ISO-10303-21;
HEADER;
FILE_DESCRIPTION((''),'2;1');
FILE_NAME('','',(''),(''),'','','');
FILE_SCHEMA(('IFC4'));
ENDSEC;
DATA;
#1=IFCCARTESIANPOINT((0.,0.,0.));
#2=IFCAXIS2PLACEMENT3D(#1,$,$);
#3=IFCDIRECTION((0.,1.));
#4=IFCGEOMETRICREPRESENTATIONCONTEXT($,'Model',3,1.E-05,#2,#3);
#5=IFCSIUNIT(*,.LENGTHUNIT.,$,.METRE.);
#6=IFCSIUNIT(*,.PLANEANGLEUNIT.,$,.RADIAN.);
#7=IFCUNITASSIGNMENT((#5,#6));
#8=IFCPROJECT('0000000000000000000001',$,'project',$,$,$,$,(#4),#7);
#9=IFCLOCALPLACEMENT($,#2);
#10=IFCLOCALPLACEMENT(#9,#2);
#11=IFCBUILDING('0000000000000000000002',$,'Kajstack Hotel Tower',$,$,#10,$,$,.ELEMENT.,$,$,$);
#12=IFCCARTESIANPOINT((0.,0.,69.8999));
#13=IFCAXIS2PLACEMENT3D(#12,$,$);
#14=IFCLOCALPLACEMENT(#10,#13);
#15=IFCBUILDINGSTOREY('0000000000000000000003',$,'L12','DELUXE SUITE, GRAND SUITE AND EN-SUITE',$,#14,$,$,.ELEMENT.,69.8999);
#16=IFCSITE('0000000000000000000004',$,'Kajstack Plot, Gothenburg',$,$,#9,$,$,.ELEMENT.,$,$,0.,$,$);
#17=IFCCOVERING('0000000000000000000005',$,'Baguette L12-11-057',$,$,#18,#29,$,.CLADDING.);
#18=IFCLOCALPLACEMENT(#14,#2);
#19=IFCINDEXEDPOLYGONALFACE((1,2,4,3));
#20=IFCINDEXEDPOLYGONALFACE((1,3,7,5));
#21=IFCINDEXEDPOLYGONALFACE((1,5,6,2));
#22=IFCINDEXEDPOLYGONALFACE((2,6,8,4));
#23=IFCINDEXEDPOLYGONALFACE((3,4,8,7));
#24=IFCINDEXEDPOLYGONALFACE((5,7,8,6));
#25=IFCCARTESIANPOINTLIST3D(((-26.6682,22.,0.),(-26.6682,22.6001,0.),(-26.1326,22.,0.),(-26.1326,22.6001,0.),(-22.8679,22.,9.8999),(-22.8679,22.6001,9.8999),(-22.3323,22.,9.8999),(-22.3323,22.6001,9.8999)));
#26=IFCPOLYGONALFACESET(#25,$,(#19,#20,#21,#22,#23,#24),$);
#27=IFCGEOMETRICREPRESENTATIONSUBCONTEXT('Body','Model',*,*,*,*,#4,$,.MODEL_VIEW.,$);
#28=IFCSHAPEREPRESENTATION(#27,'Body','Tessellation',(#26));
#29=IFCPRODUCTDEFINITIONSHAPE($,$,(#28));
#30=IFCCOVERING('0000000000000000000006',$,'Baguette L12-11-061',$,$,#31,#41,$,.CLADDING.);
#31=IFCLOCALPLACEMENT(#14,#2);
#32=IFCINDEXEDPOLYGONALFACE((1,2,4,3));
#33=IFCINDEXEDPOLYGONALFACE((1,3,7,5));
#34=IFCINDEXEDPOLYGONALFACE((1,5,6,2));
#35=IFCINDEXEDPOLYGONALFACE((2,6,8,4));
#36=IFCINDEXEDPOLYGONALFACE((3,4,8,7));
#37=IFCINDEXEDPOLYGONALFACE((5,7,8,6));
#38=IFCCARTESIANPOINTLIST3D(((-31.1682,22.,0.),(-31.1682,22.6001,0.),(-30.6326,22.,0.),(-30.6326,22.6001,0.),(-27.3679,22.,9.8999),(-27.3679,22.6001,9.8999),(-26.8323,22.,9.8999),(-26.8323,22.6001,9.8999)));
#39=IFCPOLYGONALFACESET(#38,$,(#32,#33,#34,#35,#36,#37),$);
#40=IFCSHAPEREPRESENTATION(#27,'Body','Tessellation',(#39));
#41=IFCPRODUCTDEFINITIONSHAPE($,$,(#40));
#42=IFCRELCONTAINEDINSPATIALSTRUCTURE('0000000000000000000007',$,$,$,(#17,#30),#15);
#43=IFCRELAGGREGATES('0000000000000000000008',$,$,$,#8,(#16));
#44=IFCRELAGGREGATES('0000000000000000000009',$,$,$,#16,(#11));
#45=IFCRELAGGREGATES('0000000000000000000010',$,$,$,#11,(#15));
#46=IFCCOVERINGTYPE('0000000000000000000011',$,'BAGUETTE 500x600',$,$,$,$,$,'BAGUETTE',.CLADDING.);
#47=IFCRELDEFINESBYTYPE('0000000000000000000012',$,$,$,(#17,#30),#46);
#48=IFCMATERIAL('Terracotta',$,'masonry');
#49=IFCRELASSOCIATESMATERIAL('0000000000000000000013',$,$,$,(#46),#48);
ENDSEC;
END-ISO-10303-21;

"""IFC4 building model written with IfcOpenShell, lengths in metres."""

from ifc_helpers import new_model, si_unit, direction, frame, origin, origin_2d, place, context, subcontext, project, spatial, polyline, rectangle, outline, extrude, material, material_profile, profile_set, type_object, element, save


model = new_model("IFC4")

# Units and contexts
model_context = context("Model", 3, precision=1e-05, world=origin(), true_north=direction((0.0, 1.0)))
body_context = subcontext(model_context, "Body", "Model", "MODEL_VIEW")
ifc_project = project(units=[si_unit("LENGTHUNIT", "METRE"), si_unit("PLANEANGLEUNIT", "RADIAN")], contexts=[model_context])

# Site, building, storey
site_placement = place(None, origin())
site = spatial("IfcSite", under=ifc_project, at=site_placement, Name="Kajstack Plot, Gothenburg", CompositionType="ELEMENT", RefElevation=0.0)
building_placement = place(site_placement, origin())
building = spatial("IfcBuilding", under=site, at=building_placement, Name="Kajstack Hotel Tower", CompositionType="ELEMENT")
storey_placement = place(building_placement, frame((0.0, 0.0, 69.8999)))
storey = spatial("IfcBuildingStorey", under=building, at=storey_placement, Name="L12", Description="DELUXE SUITE, GRAND SUITE AND EN-SUITE", CompositionType="ELEMENT", Elevation=69.8999)

# Coverings
ifc_material_1 = material(Name="Terracotta", Category="masonry")
ifc_material_profile = material_profile(ifc_material_1, rectangle(XDim=0.6001, YDim=0.5, at=origin_2d()), Name="Terracotta-clad concrete baguette 500 x 600")
ifc_profile_set = profile_set([ifc_material_profile], Name="Terracotta")
covering_type = type_object("IfcCoveringType", Name="BAGUETTE 500x600", ElementType="BAGUETTE", PredefinedType="CLADDING", material=ifc_profile_set)
for number, where, z_axis, x_axis, name in (
    (1, (-22.3323, 22.0, 0.0), (0.0, 1.0, 0.0), (-1.0, 0.0, 0.0), "Baguette L12-11-057"),
    (2, (-26.8323, 22.0, 0.0), (0.0, 1.0, 0.0), (-1.0, 0.0, 0.0), "Baguette L12-11-061"),
):
    element("IfcCovering", number, at=place(storey_placement, frame(where, z_axis=z_axis, x_axis=x_axis)), inside=storey, type_object=covering_type, Name=name, PredefinedType="CLADDING", context=body_context, shape_type="SweptSolid", body=[
        extrude(outline(polyline([(0.0, 9.8999), (3.8003, 0.0), (4.3359, 0.0), (0.5356, 9.8999), (0.0, 9.8999)])), origin(), (0.0, 0.0, 1.0), 0.6001),
    ])

save(model, "model.ifc")
